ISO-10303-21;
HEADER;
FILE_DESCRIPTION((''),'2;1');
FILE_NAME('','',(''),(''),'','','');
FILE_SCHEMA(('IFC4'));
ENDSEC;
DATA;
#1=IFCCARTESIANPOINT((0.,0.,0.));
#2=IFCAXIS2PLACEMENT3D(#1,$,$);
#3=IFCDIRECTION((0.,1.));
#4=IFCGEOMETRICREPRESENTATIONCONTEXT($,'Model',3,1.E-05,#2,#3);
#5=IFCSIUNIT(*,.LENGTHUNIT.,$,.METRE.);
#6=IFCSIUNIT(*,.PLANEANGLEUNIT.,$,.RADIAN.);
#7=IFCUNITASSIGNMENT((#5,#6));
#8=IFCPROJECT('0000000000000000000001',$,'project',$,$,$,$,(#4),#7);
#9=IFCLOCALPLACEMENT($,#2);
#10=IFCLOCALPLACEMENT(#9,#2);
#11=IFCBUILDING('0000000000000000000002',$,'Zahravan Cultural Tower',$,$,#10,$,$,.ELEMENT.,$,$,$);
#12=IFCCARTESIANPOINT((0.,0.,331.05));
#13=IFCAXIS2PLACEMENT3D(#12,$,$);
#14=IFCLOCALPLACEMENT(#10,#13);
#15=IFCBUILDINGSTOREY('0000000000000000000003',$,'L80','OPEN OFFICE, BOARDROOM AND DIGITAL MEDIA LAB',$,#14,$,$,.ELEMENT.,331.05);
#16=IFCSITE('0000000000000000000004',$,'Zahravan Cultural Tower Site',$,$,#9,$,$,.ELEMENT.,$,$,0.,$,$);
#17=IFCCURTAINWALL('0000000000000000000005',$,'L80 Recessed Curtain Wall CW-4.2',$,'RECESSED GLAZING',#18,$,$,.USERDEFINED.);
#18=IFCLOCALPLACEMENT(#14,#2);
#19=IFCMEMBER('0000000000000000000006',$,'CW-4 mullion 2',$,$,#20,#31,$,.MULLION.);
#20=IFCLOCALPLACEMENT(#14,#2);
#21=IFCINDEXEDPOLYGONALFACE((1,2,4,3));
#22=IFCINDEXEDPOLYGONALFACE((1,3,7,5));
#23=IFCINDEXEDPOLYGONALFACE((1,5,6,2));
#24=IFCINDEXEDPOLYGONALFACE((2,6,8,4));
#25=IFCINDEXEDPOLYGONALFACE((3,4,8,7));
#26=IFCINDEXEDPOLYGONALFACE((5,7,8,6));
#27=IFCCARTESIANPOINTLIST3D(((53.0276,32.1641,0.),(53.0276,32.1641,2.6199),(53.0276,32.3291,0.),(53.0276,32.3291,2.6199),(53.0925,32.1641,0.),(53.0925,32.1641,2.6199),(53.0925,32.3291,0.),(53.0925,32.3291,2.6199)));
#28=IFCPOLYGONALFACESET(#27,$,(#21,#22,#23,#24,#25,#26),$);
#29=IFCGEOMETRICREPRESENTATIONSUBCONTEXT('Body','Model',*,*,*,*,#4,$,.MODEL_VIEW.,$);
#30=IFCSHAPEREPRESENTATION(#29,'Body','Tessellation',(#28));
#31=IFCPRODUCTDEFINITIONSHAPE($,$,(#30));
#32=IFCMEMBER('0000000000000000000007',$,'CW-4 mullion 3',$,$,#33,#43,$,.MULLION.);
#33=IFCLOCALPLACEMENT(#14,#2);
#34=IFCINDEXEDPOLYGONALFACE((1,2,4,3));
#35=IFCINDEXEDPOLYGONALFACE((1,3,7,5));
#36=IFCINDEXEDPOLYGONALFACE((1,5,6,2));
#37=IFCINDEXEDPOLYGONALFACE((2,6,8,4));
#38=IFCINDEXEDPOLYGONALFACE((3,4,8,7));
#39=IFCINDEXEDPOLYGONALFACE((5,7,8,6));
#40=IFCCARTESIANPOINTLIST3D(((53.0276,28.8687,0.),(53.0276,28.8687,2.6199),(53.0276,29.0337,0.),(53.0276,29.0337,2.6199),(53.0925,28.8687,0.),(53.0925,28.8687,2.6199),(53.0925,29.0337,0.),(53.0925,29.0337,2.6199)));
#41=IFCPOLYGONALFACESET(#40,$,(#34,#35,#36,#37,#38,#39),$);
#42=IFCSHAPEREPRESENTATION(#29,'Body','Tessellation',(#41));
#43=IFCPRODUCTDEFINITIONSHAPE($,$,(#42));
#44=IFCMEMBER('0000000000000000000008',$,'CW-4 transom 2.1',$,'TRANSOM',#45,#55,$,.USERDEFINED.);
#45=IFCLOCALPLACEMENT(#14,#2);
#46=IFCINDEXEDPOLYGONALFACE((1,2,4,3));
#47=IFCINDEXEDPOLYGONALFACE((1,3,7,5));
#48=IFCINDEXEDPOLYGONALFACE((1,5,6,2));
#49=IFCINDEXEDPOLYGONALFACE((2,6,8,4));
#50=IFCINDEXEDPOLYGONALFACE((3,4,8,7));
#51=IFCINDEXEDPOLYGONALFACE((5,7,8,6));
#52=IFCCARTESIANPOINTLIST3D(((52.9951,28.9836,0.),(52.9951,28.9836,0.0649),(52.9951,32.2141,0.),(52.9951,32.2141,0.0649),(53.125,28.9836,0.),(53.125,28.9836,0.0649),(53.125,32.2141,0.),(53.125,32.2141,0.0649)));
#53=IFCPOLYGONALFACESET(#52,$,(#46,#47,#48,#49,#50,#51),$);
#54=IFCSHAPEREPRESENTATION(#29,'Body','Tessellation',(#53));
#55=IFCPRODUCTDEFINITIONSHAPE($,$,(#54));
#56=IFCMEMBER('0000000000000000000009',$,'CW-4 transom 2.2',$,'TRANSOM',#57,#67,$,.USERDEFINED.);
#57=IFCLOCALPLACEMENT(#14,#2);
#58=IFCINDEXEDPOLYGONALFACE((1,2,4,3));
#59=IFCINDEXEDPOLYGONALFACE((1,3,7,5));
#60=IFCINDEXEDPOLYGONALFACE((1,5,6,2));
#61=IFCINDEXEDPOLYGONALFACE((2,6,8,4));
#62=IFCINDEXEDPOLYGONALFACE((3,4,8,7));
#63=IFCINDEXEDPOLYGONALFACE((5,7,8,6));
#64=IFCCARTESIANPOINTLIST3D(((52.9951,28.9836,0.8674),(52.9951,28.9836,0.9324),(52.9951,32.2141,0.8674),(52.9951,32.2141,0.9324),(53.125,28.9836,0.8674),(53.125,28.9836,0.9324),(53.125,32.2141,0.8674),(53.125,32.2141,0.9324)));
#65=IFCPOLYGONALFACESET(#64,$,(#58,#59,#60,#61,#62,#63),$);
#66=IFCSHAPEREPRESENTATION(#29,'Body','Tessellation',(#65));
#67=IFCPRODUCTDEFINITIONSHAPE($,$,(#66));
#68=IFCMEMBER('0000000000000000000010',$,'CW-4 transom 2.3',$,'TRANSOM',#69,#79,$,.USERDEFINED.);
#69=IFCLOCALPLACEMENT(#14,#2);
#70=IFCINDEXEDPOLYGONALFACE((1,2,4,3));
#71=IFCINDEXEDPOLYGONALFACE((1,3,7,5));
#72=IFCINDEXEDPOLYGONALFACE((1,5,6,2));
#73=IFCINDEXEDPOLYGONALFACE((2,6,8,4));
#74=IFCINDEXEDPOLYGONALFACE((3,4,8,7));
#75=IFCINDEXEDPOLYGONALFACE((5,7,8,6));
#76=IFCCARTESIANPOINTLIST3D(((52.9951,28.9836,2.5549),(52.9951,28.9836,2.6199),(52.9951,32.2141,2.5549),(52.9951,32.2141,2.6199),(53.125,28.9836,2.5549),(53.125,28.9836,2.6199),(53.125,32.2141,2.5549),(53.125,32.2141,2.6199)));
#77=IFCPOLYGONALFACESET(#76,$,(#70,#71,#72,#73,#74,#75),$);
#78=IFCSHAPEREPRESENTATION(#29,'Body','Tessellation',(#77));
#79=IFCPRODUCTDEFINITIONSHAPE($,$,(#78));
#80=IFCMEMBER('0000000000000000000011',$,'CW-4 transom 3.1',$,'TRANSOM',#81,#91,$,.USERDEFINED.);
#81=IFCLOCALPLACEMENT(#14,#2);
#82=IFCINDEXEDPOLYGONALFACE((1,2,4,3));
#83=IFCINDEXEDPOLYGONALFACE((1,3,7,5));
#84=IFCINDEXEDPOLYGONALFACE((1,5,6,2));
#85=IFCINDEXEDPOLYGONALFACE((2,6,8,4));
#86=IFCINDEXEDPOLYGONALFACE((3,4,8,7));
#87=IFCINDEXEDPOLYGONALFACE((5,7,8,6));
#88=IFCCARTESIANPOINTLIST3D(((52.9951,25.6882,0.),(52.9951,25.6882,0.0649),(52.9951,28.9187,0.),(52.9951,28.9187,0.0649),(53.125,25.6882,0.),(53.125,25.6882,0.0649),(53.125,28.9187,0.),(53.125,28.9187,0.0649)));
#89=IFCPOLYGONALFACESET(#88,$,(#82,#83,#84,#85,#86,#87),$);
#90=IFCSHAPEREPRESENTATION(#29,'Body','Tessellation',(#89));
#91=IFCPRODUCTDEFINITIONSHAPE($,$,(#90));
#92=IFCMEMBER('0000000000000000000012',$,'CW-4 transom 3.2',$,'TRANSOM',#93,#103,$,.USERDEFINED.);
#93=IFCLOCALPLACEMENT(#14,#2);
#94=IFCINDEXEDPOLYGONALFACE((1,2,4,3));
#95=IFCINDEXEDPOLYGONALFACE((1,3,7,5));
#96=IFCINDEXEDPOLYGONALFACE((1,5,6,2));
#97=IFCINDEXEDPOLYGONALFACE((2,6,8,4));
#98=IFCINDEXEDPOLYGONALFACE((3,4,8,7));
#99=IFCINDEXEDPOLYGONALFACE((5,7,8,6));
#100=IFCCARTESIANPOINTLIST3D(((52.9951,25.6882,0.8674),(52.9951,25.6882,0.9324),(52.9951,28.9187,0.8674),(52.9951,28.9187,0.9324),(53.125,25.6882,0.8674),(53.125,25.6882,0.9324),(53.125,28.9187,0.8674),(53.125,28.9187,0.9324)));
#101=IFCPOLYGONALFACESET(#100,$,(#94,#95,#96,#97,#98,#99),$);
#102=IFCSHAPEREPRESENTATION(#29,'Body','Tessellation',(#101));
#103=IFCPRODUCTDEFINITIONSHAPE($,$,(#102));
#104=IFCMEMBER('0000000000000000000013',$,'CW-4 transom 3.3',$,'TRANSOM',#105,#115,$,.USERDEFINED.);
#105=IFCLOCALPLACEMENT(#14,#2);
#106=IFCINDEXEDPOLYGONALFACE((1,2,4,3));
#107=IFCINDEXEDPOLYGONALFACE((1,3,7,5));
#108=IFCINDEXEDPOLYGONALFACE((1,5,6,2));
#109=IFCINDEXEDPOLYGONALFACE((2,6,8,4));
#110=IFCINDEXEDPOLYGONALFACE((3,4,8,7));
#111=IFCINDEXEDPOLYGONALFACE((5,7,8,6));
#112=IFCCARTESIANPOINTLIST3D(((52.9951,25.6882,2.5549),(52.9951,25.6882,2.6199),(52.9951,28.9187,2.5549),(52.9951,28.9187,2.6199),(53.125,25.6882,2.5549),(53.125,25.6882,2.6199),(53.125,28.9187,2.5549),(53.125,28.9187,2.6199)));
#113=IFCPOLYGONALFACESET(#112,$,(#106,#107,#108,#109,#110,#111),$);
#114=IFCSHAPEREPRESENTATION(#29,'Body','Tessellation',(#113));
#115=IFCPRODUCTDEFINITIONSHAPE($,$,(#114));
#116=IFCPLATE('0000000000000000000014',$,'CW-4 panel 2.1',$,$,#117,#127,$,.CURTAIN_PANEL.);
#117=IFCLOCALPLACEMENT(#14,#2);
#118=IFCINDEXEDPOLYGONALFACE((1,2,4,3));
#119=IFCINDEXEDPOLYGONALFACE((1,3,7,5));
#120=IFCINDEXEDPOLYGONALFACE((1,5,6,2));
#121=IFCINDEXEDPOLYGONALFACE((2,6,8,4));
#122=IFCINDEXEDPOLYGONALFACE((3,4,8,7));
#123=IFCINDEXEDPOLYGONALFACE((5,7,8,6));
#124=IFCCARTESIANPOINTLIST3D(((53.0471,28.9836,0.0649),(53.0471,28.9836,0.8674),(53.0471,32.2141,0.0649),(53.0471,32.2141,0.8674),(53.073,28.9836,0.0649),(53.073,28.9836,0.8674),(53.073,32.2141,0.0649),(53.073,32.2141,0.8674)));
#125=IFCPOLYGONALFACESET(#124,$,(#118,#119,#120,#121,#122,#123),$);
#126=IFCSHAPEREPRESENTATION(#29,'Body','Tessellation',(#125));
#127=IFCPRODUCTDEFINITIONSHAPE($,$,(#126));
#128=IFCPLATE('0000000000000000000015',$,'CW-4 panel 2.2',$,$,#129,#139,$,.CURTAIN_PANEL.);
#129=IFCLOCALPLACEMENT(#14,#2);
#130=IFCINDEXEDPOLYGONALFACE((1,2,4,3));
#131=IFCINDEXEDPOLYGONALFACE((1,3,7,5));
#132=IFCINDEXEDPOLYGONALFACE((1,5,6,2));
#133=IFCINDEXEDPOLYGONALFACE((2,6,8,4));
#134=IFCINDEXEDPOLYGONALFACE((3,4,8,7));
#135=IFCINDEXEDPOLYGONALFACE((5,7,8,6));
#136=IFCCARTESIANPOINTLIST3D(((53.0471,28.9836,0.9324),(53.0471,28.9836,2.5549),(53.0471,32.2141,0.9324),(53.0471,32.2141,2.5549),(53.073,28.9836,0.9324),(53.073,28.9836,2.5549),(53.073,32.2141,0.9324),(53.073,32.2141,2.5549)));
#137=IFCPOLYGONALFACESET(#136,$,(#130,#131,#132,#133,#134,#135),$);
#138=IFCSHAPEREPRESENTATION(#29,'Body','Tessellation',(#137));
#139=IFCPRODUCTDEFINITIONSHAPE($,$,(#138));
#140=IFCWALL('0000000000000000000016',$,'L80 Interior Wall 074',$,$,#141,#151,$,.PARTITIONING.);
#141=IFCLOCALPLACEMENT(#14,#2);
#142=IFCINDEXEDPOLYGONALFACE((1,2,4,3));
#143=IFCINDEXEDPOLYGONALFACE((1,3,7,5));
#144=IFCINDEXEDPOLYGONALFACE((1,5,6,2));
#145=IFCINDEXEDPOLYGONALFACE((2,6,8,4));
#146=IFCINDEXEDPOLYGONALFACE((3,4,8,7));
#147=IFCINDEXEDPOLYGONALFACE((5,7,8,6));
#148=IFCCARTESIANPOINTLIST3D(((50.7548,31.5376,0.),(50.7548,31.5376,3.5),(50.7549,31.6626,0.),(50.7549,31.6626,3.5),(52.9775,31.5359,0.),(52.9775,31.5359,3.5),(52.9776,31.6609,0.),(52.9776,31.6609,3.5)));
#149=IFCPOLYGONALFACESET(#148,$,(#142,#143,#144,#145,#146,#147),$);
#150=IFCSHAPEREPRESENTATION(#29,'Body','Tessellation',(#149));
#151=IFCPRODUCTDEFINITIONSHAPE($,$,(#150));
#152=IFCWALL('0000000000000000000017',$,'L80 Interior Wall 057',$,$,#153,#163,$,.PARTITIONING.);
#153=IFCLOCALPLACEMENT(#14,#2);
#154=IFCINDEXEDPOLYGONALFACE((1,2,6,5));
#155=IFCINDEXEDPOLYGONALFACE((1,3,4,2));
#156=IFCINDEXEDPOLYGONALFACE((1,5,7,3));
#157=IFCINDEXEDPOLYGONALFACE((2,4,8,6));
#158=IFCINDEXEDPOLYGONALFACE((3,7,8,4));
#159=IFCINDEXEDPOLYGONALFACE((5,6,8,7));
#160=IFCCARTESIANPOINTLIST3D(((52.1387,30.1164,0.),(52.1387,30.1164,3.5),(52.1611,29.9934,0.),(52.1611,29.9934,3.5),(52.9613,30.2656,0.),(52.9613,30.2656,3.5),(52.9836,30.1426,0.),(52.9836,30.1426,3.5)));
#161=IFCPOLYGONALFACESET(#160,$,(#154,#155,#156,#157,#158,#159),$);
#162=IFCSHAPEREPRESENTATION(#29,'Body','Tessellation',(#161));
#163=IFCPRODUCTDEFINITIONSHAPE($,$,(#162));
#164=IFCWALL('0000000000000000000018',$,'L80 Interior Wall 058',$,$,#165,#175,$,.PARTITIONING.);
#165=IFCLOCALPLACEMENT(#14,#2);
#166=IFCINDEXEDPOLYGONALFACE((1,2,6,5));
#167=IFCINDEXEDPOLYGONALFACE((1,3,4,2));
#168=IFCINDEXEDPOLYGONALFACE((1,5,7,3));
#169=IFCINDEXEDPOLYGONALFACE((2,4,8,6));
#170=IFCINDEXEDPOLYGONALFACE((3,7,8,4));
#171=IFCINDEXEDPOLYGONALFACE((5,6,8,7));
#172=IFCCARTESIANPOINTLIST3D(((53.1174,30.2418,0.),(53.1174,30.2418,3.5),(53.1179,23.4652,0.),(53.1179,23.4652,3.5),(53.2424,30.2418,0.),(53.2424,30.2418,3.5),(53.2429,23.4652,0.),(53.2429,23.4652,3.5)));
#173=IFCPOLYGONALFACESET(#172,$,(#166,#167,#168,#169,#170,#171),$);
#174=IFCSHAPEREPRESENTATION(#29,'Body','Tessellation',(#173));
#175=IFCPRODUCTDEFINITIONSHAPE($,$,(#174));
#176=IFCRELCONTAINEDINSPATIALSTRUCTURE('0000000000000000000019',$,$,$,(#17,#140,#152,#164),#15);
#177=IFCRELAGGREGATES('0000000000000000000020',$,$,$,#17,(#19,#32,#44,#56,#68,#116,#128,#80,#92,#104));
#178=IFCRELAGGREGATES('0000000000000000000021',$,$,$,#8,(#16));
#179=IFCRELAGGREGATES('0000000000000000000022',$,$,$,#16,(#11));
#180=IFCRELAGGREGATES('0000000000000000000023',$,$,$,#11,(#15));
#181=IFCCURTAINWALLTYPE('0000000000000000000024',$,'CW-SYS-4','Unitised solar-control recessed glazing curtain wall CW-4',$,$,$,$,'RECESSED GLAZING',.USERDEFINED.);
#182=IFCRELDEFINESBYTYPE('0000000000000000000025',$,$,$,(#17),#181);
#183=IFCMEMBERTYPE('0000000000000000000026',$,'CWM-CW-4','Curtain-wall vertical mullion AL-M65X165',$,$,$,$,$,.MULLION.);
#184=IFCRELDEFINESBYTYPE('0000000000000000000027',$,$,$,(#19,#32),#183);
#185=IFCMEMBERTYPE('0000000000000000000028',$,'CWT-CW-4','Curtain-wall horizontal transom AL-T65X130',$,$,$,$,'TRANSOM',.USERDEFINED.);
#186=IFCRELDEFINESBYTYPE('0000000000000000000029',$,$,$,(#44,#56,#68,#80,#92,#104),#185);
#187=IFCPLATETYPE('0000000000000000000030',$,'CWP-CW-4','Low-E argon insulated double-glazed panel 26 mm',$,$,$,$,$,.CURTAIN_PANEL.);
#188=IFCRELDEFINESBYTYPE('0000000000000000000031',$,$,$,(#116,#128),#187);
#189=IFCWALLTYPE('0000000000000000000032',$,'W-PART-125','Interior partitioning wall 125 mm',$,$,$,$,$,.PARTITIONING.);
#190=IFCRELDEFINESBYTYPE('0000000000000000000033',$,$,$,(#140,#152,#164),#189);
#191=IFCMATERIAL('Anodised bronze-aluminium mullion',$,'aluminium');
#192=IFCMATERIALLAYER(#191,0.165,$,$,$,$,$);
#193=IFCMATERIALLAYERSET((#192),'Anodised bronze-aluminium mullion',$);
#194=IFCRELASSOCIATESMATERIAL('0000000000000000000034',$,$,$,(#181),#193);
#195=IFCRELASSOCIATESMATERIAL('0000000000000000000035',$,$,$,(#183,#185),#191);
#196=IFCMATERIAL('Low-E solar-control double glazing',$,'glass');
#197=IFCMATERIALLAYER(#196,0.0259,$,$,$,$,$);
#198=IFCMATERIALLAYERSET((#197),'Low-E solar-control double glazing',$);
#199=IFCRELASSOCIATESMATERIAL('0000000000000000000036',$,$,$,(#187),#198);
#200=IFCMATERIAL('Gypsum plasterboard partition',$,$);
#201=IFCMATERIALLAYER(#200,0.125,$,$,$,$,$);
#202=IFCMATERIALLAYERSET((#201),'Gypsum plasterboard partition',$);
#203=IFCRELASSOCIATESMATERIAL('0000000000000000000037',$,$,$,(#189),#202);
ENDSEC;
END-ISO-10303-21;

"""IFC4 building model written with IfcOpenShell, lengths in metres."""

from ifc_helpers import new_model, si_unit, direction, frame, frame_2d, origin, origin_2d, place, context, subcontext, project, spatial, rectangle, extrude, source, transform, mapped, material, layer, layer_set, material_profile, profile_set, type_object, element, aggregate, save


model = new_model("IFC4")

# Units and contexts
model_context = context("Model", 3, precision=1e-05, world=origin(), true_north=direction((0.0, 1.0)))
body_context = subcontext(model_context, "Body", "Model", "MODEL_VIEW")
ifc_project = project(units=[si_unit("LENGTHUNIT", "METRE"), si_unit("PLANEANGLEUNIT", "RADIAN")], contexts=[model_context])

# Site, building, storey
site_placement = place(None, origin())
site = spatial("IfcSite", under=ifc_project, at=site_placement, Name="Zahravan Cultural Tower Site", CompositionType="ELEMENT", RefElevation=0.0)
building_placement = place(site_placement, origin())
building = spatial("IfcBuilding", under=site, at=building_placement, Name="Zahravan Cultural Tower", CompositionType="ELEMENT")
storey_placement = place(building_placement, frame((0.0, 0.0, 331.05)))
storey = spatial("IfcBuildingStorey", under=building, at=storey_placement, Name="L80", Description="OPEN OFFICE, BOARDROOM AND DIGITAL MEDIA LAB", CompositionType="ELEMENT", Elevation=331.05)

# Curtain wall, members, plates
ifc_material_1 = material(Name="Anodised bronze-aluminium mullion", Category="aluminium")
ifc_layer_1 = layer(ifc_material_1, 0.165)
ifc_layer_set_1 = layer_set([ifc_layer_1], Name="Anodised bronze-aluminium mullion")
curtain_wall_type = type_object("IfcCurtainWallType", Name="CW-SYS-4", Description="Unitised solar-control recessed glazing curtain wall CW-4", ElementType="RECESSED GLAZING", PredefinedType="USERDEFINED", material=ifc_layer_set_1)
curtain_wall_placement = place(storey_placement, origin())
curtain_wall = element("IfcCurtainWall", 1, at=curtain_wall_placement, inside=storey, type_object=curtain_wall_type, Name="L80 Recessed Curtain Wall CW-4.2", ObjectType="RECESSED GLAZING", PredefinedType="USERDEFINED")
ifc_material_profile_1 = material_profile(ifc_material_1, rectangle(XDim=0.0649, YDim=0.165, at=origin_2d()), Name="AL-M65X165")
ifc_profile_set_1 = profile_set([ifc_material_profile_1], Name="Anodised bronze-aluminium mullion")
member_type_1 = type_object("IfcMemberType", Name="CWM-CW-4", Description="Curtain-wall vertical mullion AL-M65X165", PredefinedType="MULLION", material=ifc_profile_set_1)
shared_shape_1 = source(origin(), body_context, "Body", "SweptSolid", [
    extrude(rectangle(XDim=0.0649, YDim=0.165, at=origin_2d()), origin(), (0.0, 0.0, 1.0), 2.6199),
])
member_1_placement = place(storey_placement, frame((53.0601, 32.2466, 0.0), z_axis=(0.0, 0.0, 1.0), x_axis=(1.0, 0.0, 0.0)))
member_1 = element("IfcMember", 2, at=member_1_placement, type_object=member_type_1, Name="CW-4 mullion 2", PredefinedType="MULLION", context=body_context, shape_type="MappedRepresentation", body=[
    mapped(shared_shape_1, transform((0.0, 0.0, 0.0), x_axis=(1.0, 0.0, 0.0), y_axis=(0.0, 1.0, 0.0), z_axis=(0.0, 0.0, 1.0), scale=1.0)),
])
member_2_placement = place(storey_placement, frame((53.0601, 28.9512, 0.0), z_axis=(0.0, 0.0, 1.0), x_axis=(1.0, 0.0, 0.0)))
member_2 = element("IfcMember", 3, at=member_2_placement, type_object=member_type_1, Name="CW-4 mullion 3", PredefinedType="MULLION", context=body_context, shape_type="MappedRepresentation", body=[
    mapped(shared_shape_1, transform((0.0, 0.0, 0.0), x_axis=(1.0, 0.0, 0.0), y_axis=(0.0, 1.0, 0.0), z_axis=(0.0, 0.0, 1.0), scale=1.0)),
])
ifc_material_profile_2 = material_profile(ifc_material_1, rectangle(XDim=0.1299, YDim=0.0649, at=origin_2d()), Name="AL-T65X130")
ifc_profile_set_2 = profile_set([ifc_material_profile_2], Name="Anodised bronze-aluminium mullion")
member_type_2 = type_object("IfcMemberType", Name="CWT-CW-4", Description="Curtain-wall horizontal transom AL-T65X130", ElementType="TRANSOM", PredefinedType="USERDEFINED", material=ifc_profile_set_2)
shared_shape_2 = source(origin(), body_context, "Body", "SweptSolid", [
    extrude(rectangle(XDim=0.1299, YDim=0.0649, at=origin_2d()), origin(), (0.0, 0.0, 1.0), 3.2305),
])
member_3_placement = place(storey_placement, frame((53.0601, 32.2141, 0.0325), z_axis=(0.0, -1.0, 0.0), x_axis=(1.0, 0.0, 0.0)))
member_3 = element("IfcMember", 4, at=member_3_placement, type_object=member_type_2, Name="CW-4 transom 2.1", ObjectType="TRANSOM", PredefinedType="USERDEFINED", context=body_context, shape_type="MappedRepresentation", body=[
    mapped(shared_shape_2, transform((0.0, 0.0, 0.0), x_axis=(1.0, 0.0, 0.0), y_axis=(0.0, 1.0, 0.0), z_axis=(0.0, 0.0, 1.0), scale=1.0)),
])
member_4_placement = place(storey_placement, frame((53.0601, 32.2141, 0.8999), z_axis=(0.0, -1.0, 0.0), x_axis=(1.0, 0.0, 0.0)))
member_4 = element("IfcMember", 5, at=member_4_placement, type_object=member_type_2, Name="CW-4 transom 2.2", ObjectType="TRANSOM", PredefinedType="USERDEFINED", context=body_context, shape_type="MappedRepresentation", body=[
    mapped(shared_shape_2, transform((0.0, 0.0, 0.0), x_axis=(1.0, 0.0, 0.0), y_axis=(0.0, 1.0, 0.0), z_axis=(0.0, 0.0, 1.0), scale=1.0)),
])
member_5_placement = place(storey_placement, frame((53.0601, 32.2141, 2.5874), z_axis=(0.0, -1.0, 0.0), x_axis=(1.0, 0.0, 0.0)))
member_5 = element("IfcMember", 6, at=member_5_placement, type_object=member_type_2, Name="CW-4 transom 2.3", ObjectType="TRANSOM", PredefinedType="USERDEFINED", context=body_context, shape_type="MappedRepresentation", body=[
    mapped(shared_shape_2, transform((0.0, 0.0, 0.0), x_axis=(1.0, 0.0, 0.0), y_axis=(0.0, 1.0, 0.0), z_axis=(0.0, 0.0, 1.0), scale=1.0)),
])
member_6_placement = place(storey_placement, frame((53.0601, 28.9187, 0.0325), z_axis=(0.0, -1.0, 0.0), x_axis=(1.0, 0.0, 0.0)))
member_6 = element("IfcMember", 7, at=member_6_placement, type_object=member_type_2, Name="CW-4 transom 3.1", ObjectType="TRANSOM", PredefinedType="USERDEFINED", context=body_context, shape_type="MappedRepresentation", body=[
    mapped(shared_shape_2, transform((0.0, 0.0, 0.0), x_axis=(1.0, 0.0, 0.0), y_axis=(0.0, 1.0, 0.0), z_axis=(0.0, 0.0, 1.0), scale=1.0)),
])
member_7_placement = place(storey_placement, frame((53.0601, 28.9187, 0.8999), z_axis=(0.0, -1.0, 0.0), x_axis=(1.0, 0.0, 0.0)))
member_7 = element("IfcMember", 8, at=member_7_placement, type_object=member_type_2, Name="CW-4 transom 3.2", ObjectType="TRANSOM", PredefinedType="USERDEFINED", context=body_context, shape_type="MappedRepresentation", body=[
    mapped(shared_shape_2, transform((0.0, 0.0, 0.0), x_axis=(1.0, 0.0, 0.0), y_axis=(0.0, 1.0, 0.0), z_axis=(0.0, 0.0, 1.0), scale=1.0)),
])
member_8_placement = place(storey_placement, frame((53.0601, 28.9187, 2.5874), z_axis=(0.0, -1.0, 0.0), x_axis=(1.0, 0.0, 0.0)))
member_8 = element("IfcMember", 9, at=member_8_placement, type_object=member_type_2, Name="CW-4 transom 3.3", ObjectType="TRANSOM", PredefinedType="USERDEFINED", context=body_context, shape_type="MappedRepresentation", body=[
    mapped(shared_shape_2, transform((0.0, 0.0, 0.0), x_axis=(1.0, 0.0, 0.0), y_axis=(0.0, 1.0, 0.0), z_axis=(0.0, 0.0, 1.0), scale=1.0)),
])
ifc_material_2 = material(Name="Low-E solar-control double glazing", Category="glass")
ifc_layer_2 = layer(ifc_material_2, 0.0259)
ifc_layer_set_2 = layer_set([ifc_layer_2], Name="Low-E solar-control double glazing")
plate_type = type_object("IfcPlateType", Name="CWP-CW-4", Description="Low-E argon insulated double-glazed panel 26 mm", PredefinedType="CURTAIN_PANEL", material=ifc_layer_set_2)
shared_shape_3 = source(origin(), body_context, "Body", "SweptSolid", [
    extrude(rectangle(XDim=3.2305, YDim=0.0259, at=origin_2d()), origin(), (0.0, 0.0, 1.0), 0.8025),
])
plate_1_placement = place(storey_placement, frame((53.0601, 30.5989, 0.0649), z_axis=(0.0, 0.0, 1.0), x_axis=(0.0, -1.0, 0.0)))
plate_1 = element("IfcPlate", 10, at=plate_1_placement, type_object=plate_type, Name="CW-4 panel 2.1", PredefinedType="CURTAIN_PANEL", context=body_context, shape_type="MappedRepresentation", body=[
    mapped(shared_shape_3, transform((0.0, 0.0, 0.0), x_axis=(1.0, 0.0, 0.0), y_axis=(0.0, 1.0, 0.0), z_axis=(0.0, 0.0, 1.0), scale=1.0)),
])
shared_shape_4 = source(origin(), body_context, "Body", "SweptSolid", [
    extrude(rectangle(XDim=3.2305, YDim=0.0259, at=origin_2d()), origin(), (0.0, 0.0, 1.0), 1.6226),
])
plate_2_placement = place(storey_placement, frame((53.0601, 30.5989, 0.9324), z_axis=(0.0, 0.0, 1.0), x_axis=(0.0, -1.0, 0.0)))
plate_2 = element("IfcPlate", 11, at=plate_2_placement, type_object=plate_type, Name="CW-4 panel 2.2", PredefinedType="CURTAIN_PANEL", context=body_context, shape_type="MappedRepresentation", body=[
    mapped(shared_shape_4, transform((0.0, 0.0, 0.0), x_axis=(1.0, 0.0, 0.0), y_axis=(0.0, 1.0, 0.0), z_axis=(0.0, 0.0, 1.0), scale=1.0)),
])
aggregate(curtain_wall, [member_1, member_2, member_3, member_4, member_5, plate_1, plate_2, member_6, member_7, member_8])

# Shared definitions
ifc_material_3 = material(Name="Gypsum plasterboard partition")
ifc_layer_3 = layer(ifc_material_3, 0.125)
ifc_layer_set_3 = layer_set([ifc_layer_3], Name="Gypsum plasterboard partition")
wall_type = type_object("IfcWallType", Name="W-PART-125", Description="Interior partitioning wall 125 mm", PredefinedType="PARTITIONING", material=ifc_layer_set_3)

# Walls
shared_shape_5 = source(origin(), body_context, "Body", "SweptSolid", [
    extrude(rectangle(XDim=2.2227, YDim=0.125, at=frame_2d((1.1113, 0.0))), origin(), (0.0, 0.0, 1.0), 3.5),
])
wall_1_placement = place(storey_placement, frame((52.9775, 31.5984, 0.0), z_axis=(0.0, 0.0, 1.0), x_axis=(-1.0, 0.000769, 0.0)))
element("IfcWall", 12, at=wall_1_placement, inside=storey, type_object=wall_type, Name="L80 Interior Wall 074", PredefinedType="PARTITIONING", context=body_context, shape_type="MappedRepresentation", body=[
    mapped(shared_shape_5, transform((0.0, 0.0, 0.0), x_axis=(1.0, 0.0, 0.0), y_axis=(0.0, 1.0, 0.0), z_axis=(0.0, 0.0, 1.0), scale=1.0)),
])
shared_shape_6 = source(origin(), body_context, "Body", "SweptSolid", [
    extrude(rectangle(XDim=0.8359, YDim=0.125, at=frame_2d((0.418, 0.0))), origin(), (0.0, 0.0, 1.0), 3.5),
])
wall_2_placement = place(storey_placement, frame((52.1499, 30.0549, 0.0), z_axis=(0.0, 0.0, 1.0), x_axis=(0.983949, 0.178448, 0.0)))
element("IfcWall", 13, at=wall_2_placement, inside=storey, type_object=wall_type, Name="L80 Interior Wall 057", PredefinedType="PARTITIONING", context=body_context, shape_type="MappedRepresentation", body=[
    mapped(shared_shape_6, transform((0.0, 0.0, 0.0), x_axis=(1.0, 0.0, 0.0), y_axis=(0.0, 1.0, 0.0), z_axis=(0.0, 0.0, 1.0), scale=1.0)),
])
shared_shape_7 = source(origin(), body_context, "Body", "SweptSolid", [
    extrude(rectangle(XDim=6.7766, YDim=0.125, at=frame_2d((3.3882, 0.0))), origin(), (0.0, 0.0, 1.0), 3.5),
])
wall_3_placement = place(storey_placement, frame((53.1799, 30.2417, 0.0), z_axis=(0.0, 0.0, 1.0), x_axis=(0.000072, -1.0, 0.0)))
element("IfcWall", 14, at=wall_3_placement, inside=storey, type_object=wall_type, Name="L80 Interior Wall 058", PredefinedType="PARTITIONING", context=body_context, shape_type="MappedRepresentation", body=[
    mapped(shared_shape_7, transform((0.0, 0.0, 0.0), x_axis=(1.0, 0.0, 0.0), y_axis=(0.0, 1.0, 0.0), z_axis=(0.0, 0.0, 1.0), scale=1.0)),
])

save(model, "model.ifc")
